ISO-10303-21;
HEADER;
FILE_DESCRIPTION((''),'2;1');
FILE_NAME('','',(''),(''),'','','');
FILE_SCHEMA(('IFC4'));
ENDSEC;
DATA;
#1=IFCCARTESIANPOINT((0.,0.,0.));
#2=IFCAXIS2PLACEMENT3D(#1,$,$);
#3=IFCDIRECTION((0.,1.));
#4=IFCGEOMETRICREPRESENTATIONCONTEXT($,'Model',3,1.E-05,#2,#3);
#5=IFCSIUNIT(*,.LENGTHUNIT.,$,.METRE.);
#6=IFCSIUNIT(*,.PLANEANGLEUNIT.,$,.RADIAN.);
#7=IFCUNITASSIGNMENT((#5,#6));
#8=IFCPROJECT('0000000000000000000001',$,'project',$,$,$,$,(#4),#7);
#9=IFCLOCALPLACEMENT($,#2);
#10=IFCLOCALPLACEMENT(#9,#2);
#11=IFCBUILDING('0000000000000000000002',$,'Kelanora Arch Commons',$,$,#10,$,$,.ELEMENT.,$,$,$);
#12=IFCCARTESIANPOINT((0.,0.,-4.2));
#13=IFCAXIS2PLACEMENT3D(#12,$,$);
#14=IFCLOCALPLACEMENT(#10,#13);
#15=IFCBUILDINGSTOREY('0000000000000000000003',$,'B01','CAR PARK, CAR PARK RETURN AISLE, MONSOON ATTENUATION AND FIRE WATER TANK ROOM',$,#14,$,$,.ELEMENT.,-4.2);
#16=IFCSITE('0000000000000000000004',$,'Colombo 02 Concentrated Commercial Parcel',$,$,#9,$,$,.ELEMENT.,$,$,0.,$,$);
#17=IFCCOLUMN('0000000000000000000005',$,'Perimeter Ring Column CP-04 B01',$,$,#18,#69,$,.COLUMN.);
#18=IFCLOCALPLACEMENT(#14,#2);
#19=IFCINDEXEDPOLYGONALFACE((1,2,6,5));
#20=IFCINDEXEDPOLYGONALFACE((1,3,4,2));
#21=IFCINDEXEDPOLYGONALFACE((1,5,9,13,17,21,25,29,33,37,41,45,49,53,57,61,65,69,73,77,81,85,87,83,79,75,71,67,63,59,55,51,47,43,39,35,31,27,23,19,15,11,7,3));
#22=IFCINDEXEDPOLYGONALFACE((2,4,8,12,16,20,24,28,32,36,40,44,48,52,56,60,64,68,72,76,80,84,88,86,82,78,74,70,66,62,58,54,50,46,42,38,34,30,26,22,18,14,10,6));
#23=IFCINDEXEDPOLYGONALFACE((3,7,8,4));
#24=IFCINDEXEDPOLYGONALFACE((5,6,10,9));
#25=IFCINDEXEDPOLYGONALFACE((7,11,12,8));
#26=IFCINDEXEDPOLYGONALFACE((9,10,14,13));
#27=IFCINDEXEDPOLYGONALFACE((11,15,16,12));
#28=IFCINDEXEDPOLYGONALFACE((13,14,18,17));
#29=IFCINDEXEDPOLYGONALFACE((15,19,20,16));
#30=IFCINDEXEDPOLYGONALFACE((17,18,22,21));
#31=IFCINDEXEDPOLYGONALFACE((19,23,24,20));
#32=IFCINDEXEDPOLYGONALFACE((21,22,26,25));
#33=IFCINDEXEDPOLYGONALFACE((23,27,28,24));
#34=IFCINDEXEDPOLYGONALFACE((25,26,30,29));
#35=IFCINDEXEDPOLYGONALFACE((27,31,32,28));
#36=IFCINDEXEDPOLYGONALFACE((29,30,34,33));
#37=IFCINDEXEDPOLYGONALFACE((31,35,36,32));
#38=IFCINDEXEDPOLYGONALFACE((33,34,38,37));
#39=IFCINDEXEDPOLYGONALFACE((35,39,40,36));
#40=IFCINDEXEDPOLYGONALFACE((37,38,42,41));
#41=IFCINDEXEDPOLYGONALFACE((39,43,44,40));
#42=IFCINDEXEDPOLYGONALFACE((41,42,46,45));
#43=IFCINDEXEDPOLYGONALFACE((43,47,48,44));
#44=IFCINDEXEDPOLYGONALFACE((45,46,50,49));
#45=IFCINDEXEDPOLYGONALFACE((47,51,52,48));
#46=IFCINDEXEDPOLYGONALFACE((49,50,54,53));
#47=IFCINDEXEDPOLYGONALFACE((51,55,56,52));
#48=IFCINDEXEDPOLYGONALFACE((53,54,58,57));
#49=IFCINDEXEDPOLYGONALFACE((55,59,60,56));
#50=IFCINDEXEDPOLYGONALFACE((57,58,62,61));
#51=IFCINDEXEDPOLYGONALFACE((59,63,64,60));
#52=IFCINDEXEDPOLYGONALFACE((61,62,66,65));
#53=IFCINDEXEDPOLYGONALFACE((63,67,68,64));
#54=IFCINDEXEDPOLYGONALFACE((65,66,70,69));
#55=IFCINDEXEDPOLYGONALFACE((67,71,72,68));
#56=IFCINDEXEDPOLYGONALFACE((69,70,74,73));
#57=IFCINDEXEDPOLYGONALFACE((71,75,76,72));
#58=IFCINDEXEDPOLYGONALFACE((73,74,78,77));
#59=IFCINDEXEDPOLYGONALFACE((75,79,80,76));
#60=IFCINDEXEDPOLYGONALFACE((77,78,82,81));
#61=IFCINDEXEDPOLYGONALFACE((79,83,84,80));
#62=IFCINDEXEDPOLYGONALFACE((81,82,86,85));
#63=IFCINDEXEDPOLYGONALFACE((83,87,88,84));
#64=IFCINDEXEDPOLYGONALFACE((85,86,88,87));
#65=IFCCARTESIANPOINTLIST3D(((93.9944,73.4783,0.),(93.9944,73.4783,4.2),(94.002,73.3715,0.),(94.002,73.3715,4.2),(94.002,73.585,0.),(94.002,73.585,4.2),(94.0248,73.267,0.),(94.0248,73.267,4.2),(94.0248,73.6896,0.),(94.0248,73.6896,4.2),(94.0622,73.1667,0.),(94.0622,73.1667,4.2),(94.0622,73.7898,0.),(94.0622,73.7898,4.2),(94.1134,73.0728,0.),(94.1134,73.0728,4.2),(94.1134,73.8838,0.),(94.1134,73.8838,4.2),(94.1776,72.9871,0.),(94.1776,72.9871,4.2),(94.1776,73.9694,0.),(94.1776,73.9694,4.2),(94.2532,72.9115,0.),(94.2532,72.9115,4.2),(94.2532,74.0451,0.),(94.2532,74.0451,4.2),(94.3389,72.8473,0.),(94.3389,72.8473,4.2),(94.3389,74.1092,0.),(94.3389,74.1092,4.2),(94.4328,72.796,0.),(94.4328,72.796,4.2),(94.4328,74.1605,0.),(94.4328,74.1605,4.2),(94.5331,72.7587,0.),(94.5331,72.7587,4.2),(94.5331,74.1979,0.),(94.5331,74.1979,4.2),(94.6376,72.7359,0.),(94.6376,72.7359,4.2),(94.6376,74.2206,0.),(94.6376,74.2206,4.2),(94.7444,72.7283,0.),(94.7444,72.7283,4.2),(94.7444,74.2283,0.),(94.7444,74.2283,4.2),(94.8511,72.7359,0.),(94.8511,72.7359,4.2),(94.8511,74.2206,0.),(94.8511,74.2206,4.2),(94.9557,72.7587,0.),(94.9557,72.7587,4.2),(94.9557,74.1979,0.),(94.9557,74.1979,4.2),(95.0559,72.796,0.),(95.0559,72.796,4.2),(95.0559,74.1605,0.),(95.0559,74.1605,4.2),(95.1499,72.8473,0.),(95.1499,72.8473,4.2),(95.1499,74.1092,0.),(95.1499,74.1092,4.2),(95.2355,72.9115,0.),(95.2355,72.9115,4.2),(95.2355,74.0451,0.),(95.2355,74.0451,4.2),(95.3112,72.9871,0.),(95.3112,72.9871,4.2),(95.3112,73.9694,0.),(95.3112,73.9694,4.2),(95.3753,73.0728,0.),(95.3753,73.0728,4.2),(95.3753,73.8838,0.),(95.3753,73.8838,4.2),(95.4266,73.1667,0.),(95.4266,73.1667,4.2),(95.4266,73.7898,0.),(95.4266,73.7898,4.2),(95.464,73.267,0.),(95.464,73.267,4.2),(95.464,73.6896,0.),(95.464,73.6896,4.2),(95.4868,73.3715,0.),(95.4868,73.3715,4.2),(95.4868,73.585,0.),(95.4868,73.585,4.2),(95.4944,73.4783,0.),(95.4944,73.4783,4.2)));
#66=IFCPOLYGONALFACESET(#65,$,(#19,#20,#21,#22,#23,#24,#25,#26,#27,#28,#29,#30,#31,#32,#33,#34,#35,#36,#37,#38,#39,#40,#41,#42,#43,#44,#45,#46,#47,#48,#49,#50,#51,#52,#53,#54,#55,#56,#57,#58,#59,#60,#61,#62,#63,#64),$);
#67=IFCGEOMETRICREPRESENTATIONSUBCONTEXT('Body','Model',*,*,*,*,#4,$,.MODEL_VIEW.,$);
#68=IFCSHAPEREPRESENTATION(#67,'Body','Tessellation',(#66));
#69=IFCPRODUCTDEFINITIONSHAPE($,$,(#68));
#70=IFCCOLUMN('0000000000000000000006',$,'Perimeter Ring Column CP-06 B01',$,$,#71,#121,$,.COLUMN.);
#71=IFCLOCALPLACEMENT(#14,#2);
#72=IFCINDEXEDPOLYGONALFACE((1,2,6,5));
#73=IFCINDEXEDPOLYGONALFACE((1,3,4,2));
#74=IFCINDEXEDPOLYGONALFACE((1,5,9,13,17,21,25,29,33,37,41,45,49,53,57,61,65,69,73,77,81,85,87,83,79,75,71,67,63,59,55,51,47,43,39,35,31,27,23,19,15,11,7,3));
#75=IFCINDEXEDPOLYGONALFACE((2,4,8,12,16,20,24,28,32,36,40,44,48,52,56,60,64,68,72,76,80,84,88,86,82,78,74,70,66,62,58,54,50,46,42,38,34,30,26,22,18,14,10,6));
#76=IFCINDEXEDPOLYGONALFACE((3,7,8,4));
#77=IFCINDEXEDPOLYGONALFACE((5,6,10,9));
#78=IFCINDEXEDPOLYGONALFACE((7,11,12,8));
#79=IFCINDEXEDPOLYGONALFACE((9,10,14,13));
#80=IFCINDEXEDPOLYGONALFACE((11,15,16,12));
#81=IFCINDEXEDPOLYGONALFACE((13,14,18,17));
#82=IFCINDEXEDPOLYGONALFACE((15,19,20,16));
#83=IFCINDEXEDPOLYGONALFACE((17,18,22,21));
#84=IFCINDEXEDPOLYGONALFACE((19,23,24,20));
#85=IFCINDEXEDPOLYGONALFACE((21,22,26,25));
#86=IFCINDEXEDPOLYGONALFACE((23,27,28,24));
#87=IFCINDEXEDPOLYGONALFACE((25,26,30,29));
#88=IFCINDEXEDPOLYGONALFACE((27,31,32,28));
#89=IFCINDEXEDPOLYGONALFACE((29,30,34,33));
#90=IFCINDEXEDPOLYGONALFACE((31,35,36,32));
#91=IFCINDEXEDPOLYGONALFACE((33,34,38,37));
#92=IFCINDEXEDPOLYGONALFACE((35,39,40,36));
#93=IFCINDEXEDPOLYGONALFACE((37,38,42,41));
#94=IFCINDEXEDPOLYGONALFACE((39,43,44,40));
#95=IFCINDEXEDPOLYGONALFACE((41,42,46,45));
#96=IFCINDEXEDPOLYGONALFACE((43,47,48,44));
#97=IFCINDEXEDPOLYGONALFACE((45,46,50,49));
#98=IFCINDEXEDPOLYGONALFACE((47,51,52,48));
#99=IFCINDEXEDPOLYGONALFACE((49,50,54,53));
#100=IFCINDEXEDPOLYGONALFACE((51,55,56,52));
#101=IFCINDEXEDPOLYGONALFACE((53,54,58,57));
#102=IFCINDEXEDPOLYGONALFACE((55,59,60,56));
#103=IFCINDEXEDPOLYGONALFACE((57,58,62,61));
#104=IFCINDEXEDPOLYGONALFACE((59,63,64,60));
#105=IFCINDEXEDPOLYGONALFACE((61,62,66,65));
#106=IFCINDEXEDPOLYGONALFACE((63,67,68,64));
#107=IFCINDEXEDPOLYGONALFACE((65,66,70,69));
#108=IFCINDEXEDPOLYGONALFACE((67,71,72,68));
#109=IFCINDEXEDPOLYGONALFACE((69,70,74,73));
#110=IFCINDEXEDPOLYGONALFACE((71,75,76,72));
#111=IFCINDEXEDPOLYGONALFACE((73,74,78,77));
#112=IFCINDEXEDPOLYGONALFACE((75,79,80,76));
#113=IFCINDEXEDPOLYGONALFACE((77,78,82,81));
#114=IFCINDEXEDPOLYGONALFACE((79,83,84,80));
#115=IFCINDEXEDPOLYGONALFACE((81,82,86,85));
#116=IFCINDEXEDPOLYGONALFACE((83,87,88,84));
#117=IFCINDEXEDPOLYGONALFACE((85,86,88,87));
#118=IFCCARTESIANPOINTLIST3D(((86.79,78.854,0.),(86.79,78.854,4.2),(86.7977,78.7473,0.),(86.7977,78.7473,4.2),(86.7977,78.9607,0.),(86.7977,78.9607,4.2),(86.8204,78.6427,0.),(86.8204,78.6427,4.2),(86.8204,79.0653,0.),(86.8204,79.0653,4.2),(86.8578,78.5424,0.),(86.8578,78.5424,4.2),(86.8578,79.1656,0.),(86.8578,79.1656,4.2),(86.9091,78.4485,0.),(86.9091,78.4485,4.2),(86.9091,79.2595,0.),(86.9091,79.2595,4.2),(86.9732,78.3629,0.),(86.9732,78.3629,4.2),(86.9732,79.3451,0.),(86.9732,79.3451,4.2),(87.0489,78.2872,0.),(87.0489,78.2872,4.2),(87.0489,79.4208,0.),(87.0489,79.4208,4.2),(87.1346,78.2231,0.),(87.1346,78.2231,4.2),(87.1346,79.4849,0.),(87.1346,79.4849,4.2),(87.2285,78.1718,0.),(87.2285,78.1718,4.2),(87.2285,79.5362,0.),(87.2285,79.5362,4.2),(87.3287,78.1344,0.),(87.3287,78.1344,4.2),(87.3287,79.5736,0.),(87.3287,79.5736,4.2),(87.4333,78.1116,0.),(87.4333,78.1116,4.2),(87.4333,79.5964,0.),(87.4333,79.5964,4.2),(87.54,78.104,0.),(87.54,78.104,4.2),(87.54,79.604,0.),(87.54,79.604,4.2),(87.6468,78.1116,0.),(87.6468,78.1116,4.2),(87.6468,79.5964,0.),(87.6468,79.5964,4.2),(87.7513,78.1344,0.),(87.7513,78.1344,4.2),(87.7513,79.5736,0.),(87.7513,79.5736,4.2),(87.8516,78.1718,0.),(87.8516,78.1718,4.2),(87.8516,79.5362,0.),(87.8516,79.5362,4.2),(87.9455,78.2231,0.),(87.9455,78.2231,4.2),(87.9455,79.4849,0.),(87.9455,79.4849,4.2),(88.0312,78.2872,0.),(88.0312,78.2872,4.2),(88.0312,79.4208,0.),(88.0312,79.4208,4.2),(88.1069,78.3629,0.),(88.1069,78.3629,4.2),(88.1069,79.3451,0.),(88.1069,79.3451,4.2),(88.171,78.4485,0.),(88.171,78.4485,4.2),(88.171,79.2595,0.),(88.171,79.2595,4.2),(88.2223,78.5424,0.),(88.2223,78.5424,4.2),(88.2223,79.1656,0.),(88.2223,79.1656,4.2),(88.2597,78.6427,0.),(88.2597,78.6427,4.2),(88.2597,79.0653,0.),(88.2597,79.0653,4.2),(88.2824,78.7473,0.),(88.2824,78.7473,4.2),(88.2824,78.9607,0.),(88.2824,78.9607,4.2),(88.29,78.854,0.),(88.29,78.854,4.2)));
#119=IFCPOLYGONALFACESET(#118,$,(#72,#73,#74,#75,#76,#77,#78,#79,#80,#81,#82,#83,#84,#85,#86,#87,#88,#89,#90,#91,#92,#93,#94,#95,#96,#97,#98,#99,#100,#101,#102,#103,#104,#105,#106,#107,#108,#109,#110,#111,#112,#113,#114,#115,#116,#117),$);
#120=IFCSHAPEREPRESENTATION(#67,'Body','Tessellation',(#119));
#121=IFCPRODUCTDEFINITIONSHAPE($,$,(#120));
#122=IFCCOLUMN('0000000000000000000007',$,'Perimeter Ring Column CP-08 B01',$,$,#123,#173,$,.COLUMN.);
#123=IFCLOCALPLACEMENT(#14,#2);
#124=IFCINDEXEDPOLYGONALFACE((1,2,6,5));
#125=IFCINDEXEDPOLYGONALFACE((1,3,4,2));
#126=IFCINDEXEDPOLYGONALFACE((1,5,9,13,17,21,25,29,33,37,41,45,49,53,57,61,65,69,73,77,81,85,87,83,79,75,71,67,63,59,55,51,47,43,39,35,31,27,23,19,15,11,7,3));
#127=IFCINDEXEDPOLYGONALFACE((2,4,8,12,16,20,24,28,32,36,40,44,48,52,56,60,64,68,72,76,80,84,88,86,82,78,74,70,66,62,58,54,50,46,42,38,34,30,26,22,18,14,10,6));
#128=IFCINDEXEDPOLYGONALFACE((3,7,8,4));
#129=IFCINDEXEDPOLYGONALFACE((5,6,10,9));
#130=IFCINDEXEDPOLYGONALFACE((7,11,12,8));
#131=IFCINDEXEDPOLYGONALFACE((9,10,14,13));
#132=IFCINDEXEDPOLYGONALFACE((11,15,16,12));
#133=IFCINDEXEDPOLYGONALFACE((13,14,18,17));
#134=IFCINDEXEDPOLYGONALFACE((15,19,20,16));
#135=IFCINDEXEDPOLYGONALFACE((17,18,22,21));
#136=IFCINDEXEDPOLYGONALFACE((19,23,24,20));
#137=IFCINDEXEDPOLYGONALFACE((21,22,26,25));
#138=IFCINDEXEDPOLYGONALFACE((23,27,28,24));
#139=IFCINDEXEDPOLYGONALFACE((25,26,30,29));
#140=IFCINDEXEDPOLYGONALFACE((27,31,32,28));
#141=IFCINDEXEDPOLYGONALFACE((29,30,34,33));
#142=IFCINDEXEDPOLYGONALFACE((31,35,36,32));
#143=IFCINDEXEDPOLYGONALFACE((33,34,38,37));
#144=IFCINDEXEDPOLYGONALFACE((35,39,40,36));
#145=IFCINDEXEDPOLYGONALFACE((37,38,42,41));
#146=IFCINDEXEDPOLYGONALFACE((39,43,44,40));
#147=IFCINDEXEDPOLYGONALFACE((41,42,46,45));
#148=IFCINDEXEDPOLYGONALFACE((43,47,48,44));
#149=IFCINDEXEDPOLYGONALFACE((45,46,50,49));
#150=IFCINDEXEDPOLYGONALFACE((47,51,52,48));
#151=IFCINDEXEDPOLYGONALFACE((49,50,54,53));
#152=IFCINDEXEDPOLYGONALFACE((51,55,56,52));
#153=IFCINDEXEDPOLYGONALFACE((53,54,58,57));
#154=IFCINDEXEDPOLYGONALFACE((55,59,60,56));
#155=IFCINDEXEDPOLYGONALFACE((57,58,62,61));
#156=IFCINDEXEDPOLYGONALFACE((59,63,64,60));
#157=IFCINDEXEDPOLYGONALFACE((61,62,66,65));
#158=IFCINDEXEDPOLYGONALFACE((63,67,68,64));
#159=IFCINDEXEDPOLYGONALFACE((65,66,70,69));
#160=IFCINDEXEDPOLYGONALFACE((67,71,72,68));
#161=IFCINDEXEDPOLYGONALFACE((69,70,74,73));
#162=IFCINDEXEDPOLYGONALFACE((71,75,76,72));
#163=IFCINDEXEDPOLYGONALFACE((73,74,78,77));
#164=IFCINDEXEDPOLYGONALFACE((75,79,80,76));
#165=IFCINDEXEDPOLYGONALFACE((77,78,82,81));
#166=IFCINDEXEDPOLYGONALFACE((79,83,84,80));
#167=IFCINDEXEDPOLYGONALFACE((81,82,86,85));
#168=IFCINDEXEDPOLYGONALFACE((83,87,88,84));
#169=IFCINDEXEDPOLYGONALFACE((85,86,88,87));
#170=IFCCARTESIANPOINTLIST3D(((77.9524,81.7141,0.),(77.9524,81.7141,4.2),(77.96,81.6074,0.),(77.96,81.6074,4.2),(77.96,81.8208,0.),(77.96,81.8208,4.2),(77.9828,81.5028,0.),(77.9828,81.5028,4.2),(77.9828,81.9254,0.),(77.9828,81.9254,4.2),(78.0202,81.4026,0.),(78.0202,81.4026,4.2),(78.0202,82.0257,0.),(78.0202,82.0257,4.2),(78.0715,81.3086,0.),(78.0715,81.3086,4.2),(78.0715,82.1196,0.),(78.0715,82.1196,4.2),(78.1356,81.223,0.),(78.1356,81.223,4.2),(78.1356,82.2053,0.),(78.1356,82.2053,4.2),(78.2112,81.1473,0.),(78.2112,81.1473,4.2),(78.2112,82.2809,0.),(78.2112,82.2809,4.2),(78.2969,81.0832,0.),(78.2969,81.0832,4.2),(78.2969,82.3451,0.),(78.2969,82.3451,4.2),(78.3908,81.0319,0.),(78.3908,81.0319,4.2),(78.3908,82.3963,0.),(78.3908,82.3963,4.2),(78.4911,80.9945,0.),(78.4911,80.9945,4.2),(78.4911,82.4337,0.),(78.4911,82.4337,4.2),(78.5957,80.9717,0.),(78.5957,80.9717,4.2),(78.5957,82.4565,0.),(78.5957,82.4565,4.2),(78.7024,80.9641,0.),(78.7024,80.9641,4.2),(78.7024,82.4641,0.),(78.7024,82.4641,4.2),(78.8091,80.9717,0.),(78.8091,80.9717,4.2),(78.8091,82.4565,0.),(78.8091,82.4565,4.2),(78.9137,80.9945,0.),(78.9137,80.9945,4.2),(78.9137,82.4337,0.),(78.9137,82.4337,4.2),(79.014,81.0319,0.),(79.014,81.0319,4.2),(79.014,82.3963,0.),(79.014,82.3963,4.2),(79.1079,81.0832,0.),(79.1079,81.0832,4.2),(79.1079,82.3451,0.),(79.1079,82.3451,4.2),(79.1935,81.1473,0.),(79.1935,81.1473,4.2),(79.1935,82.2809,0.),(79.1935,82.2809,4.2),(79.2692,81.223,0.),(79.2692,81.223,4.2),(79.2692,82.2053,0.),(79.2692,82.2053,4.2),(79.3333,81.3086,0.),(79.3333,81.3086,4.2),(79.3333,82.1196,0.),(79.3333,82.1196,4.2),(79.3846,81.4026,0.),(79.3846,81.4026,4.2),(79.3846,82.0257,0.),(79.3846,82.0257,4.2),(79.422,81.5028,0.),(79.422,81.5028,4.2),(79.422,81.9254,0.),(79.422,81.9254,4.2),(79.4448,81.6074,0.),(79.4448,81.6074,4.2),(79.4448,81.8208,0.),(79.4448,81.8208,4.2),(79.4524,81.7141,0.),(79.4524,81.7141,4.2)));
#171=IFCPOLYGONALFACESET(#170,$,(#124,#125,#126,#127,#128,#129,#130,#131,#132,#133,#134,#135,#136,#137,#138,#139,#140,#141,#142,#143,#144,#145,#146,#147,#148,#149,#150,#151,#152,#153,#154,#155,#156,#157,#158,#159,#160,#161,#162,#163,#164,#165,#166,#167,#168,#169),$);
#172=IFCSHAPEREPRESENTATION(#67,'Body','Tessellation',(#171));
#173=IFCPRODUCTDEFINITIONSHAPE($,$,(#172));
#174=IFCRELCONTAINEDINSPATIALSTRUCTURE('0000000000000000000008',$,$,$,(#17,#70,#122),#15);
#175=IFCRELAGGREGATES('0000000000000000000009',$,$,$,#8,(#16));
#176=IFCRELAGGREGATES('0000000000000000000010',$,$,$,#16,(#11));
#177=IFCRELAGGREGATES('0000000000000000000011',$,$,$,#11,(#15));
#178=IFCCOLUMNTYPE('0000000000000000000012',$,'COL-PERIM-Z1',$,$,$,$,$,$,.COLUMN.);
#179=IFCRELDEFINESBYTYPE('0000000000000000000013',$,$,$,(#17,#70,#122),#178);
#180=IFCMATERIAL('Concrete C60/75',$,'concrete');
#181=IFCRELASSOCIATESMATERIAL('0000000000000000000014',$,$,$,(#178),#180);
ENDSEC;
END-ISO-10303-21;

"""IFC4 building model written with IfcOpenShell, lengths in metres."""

from ifc_helpers import new_model, si_unit, direction, frame, origin, origin_2d, place, context, subcontext, project, spatial, circle, extrude, material, material_profile, profile_set, type_object, element, save


model = new_model("IFC4")

# Units and contexts
model_context = context("Model", 3, precision=1e-05, world=origin(), true_north=direction((0.0, 1.0)))
body_context = subcontext(model_context, "Body", "Model", "MODEL_VIEW")
ifc_project = project(units=[si_unit("LENGTHUNIT", "METRE"), si_unit("PLANEANGLEUNIT", "RADIAN")], contexts=[model_context])

# Site, building, storey
site_placement = place(None, origin())
site = spatial("IfcSite", under=ifc_project, at=site_placement, Name="Colombo 02 Concentrated Commercial Parcel", CompositionType="ELEMENT", RefElevation=0.0)
building_placement = place(site_placement, origin())
building = spatial("IfcBuilding", under=site, at=building_placement, Name="Kelanora Arch Commons", CompositionType="ELEMENT")
storey_placement = place(building_placement, frame((0.0, 0.0, -4.2)))
storey = spatial("IfcBuildingStorey", under=building, at=storey_placement, Name="B01", Description="CAR PARK, CAR PARK RETURN AISLE, MONSOON ATTENUATION AND FIRE WATER TANK ROOM", CompositionType="ELEMENT", Elevation=-4.2)

# Columns
ifc_material_1 = material(Name="Concrete C60/75", Category="concrete")
ifc_material_profile_1 = material_profile(ifc_material_1, circle(Radius=0.75, at=origin_2d()), Name="RCC1500")
ifc_profile_set_1 = profile_set([ifc_material_profile_1], Name="Concrete C60/75")
column_type_1 = type_object("IfcColumnType", Name="COL-PERIM-Z1", PredefinedType="COLUMN", material=ifc_profile_set_1)
for number, where, z_axis, x_axis, name in (
    (1, (94.7444, 73.4783, 0.0), (0.0, 0.0, 1.0), (1.0, 0.0, 0.0), "Perimeter Ring Column CP-04 B01"),
    (2, (87.54, 78.854, 0.0), (0.0, 0.0, 1.0), (1.0, 0.0, 0.0), "Perimeter Ring Column CP-06 B01"),
    (3, (78.7024, 81.7141, 0.0), (0.0, 0.0, 1.0), (1.0, 0.0, 0.0), "Perimeter Ring Column CP-08 B01"),
):
    element("IfcColumn", number, at=place(storey_placement, frame(where, z_axis=z_axis, x_axis=x_axis)), inside=storey, type_object=column_type_1, Name=name, PredefinedType="COLUMN", context=body_context, shape_type="SweptSolid", body=[
        extrude(circle(Radius=0.75, at=origin_2d()), origin(), (0.0, 0.0, 1.0), 4.2),
    ])

save(model, "model.ifc")
